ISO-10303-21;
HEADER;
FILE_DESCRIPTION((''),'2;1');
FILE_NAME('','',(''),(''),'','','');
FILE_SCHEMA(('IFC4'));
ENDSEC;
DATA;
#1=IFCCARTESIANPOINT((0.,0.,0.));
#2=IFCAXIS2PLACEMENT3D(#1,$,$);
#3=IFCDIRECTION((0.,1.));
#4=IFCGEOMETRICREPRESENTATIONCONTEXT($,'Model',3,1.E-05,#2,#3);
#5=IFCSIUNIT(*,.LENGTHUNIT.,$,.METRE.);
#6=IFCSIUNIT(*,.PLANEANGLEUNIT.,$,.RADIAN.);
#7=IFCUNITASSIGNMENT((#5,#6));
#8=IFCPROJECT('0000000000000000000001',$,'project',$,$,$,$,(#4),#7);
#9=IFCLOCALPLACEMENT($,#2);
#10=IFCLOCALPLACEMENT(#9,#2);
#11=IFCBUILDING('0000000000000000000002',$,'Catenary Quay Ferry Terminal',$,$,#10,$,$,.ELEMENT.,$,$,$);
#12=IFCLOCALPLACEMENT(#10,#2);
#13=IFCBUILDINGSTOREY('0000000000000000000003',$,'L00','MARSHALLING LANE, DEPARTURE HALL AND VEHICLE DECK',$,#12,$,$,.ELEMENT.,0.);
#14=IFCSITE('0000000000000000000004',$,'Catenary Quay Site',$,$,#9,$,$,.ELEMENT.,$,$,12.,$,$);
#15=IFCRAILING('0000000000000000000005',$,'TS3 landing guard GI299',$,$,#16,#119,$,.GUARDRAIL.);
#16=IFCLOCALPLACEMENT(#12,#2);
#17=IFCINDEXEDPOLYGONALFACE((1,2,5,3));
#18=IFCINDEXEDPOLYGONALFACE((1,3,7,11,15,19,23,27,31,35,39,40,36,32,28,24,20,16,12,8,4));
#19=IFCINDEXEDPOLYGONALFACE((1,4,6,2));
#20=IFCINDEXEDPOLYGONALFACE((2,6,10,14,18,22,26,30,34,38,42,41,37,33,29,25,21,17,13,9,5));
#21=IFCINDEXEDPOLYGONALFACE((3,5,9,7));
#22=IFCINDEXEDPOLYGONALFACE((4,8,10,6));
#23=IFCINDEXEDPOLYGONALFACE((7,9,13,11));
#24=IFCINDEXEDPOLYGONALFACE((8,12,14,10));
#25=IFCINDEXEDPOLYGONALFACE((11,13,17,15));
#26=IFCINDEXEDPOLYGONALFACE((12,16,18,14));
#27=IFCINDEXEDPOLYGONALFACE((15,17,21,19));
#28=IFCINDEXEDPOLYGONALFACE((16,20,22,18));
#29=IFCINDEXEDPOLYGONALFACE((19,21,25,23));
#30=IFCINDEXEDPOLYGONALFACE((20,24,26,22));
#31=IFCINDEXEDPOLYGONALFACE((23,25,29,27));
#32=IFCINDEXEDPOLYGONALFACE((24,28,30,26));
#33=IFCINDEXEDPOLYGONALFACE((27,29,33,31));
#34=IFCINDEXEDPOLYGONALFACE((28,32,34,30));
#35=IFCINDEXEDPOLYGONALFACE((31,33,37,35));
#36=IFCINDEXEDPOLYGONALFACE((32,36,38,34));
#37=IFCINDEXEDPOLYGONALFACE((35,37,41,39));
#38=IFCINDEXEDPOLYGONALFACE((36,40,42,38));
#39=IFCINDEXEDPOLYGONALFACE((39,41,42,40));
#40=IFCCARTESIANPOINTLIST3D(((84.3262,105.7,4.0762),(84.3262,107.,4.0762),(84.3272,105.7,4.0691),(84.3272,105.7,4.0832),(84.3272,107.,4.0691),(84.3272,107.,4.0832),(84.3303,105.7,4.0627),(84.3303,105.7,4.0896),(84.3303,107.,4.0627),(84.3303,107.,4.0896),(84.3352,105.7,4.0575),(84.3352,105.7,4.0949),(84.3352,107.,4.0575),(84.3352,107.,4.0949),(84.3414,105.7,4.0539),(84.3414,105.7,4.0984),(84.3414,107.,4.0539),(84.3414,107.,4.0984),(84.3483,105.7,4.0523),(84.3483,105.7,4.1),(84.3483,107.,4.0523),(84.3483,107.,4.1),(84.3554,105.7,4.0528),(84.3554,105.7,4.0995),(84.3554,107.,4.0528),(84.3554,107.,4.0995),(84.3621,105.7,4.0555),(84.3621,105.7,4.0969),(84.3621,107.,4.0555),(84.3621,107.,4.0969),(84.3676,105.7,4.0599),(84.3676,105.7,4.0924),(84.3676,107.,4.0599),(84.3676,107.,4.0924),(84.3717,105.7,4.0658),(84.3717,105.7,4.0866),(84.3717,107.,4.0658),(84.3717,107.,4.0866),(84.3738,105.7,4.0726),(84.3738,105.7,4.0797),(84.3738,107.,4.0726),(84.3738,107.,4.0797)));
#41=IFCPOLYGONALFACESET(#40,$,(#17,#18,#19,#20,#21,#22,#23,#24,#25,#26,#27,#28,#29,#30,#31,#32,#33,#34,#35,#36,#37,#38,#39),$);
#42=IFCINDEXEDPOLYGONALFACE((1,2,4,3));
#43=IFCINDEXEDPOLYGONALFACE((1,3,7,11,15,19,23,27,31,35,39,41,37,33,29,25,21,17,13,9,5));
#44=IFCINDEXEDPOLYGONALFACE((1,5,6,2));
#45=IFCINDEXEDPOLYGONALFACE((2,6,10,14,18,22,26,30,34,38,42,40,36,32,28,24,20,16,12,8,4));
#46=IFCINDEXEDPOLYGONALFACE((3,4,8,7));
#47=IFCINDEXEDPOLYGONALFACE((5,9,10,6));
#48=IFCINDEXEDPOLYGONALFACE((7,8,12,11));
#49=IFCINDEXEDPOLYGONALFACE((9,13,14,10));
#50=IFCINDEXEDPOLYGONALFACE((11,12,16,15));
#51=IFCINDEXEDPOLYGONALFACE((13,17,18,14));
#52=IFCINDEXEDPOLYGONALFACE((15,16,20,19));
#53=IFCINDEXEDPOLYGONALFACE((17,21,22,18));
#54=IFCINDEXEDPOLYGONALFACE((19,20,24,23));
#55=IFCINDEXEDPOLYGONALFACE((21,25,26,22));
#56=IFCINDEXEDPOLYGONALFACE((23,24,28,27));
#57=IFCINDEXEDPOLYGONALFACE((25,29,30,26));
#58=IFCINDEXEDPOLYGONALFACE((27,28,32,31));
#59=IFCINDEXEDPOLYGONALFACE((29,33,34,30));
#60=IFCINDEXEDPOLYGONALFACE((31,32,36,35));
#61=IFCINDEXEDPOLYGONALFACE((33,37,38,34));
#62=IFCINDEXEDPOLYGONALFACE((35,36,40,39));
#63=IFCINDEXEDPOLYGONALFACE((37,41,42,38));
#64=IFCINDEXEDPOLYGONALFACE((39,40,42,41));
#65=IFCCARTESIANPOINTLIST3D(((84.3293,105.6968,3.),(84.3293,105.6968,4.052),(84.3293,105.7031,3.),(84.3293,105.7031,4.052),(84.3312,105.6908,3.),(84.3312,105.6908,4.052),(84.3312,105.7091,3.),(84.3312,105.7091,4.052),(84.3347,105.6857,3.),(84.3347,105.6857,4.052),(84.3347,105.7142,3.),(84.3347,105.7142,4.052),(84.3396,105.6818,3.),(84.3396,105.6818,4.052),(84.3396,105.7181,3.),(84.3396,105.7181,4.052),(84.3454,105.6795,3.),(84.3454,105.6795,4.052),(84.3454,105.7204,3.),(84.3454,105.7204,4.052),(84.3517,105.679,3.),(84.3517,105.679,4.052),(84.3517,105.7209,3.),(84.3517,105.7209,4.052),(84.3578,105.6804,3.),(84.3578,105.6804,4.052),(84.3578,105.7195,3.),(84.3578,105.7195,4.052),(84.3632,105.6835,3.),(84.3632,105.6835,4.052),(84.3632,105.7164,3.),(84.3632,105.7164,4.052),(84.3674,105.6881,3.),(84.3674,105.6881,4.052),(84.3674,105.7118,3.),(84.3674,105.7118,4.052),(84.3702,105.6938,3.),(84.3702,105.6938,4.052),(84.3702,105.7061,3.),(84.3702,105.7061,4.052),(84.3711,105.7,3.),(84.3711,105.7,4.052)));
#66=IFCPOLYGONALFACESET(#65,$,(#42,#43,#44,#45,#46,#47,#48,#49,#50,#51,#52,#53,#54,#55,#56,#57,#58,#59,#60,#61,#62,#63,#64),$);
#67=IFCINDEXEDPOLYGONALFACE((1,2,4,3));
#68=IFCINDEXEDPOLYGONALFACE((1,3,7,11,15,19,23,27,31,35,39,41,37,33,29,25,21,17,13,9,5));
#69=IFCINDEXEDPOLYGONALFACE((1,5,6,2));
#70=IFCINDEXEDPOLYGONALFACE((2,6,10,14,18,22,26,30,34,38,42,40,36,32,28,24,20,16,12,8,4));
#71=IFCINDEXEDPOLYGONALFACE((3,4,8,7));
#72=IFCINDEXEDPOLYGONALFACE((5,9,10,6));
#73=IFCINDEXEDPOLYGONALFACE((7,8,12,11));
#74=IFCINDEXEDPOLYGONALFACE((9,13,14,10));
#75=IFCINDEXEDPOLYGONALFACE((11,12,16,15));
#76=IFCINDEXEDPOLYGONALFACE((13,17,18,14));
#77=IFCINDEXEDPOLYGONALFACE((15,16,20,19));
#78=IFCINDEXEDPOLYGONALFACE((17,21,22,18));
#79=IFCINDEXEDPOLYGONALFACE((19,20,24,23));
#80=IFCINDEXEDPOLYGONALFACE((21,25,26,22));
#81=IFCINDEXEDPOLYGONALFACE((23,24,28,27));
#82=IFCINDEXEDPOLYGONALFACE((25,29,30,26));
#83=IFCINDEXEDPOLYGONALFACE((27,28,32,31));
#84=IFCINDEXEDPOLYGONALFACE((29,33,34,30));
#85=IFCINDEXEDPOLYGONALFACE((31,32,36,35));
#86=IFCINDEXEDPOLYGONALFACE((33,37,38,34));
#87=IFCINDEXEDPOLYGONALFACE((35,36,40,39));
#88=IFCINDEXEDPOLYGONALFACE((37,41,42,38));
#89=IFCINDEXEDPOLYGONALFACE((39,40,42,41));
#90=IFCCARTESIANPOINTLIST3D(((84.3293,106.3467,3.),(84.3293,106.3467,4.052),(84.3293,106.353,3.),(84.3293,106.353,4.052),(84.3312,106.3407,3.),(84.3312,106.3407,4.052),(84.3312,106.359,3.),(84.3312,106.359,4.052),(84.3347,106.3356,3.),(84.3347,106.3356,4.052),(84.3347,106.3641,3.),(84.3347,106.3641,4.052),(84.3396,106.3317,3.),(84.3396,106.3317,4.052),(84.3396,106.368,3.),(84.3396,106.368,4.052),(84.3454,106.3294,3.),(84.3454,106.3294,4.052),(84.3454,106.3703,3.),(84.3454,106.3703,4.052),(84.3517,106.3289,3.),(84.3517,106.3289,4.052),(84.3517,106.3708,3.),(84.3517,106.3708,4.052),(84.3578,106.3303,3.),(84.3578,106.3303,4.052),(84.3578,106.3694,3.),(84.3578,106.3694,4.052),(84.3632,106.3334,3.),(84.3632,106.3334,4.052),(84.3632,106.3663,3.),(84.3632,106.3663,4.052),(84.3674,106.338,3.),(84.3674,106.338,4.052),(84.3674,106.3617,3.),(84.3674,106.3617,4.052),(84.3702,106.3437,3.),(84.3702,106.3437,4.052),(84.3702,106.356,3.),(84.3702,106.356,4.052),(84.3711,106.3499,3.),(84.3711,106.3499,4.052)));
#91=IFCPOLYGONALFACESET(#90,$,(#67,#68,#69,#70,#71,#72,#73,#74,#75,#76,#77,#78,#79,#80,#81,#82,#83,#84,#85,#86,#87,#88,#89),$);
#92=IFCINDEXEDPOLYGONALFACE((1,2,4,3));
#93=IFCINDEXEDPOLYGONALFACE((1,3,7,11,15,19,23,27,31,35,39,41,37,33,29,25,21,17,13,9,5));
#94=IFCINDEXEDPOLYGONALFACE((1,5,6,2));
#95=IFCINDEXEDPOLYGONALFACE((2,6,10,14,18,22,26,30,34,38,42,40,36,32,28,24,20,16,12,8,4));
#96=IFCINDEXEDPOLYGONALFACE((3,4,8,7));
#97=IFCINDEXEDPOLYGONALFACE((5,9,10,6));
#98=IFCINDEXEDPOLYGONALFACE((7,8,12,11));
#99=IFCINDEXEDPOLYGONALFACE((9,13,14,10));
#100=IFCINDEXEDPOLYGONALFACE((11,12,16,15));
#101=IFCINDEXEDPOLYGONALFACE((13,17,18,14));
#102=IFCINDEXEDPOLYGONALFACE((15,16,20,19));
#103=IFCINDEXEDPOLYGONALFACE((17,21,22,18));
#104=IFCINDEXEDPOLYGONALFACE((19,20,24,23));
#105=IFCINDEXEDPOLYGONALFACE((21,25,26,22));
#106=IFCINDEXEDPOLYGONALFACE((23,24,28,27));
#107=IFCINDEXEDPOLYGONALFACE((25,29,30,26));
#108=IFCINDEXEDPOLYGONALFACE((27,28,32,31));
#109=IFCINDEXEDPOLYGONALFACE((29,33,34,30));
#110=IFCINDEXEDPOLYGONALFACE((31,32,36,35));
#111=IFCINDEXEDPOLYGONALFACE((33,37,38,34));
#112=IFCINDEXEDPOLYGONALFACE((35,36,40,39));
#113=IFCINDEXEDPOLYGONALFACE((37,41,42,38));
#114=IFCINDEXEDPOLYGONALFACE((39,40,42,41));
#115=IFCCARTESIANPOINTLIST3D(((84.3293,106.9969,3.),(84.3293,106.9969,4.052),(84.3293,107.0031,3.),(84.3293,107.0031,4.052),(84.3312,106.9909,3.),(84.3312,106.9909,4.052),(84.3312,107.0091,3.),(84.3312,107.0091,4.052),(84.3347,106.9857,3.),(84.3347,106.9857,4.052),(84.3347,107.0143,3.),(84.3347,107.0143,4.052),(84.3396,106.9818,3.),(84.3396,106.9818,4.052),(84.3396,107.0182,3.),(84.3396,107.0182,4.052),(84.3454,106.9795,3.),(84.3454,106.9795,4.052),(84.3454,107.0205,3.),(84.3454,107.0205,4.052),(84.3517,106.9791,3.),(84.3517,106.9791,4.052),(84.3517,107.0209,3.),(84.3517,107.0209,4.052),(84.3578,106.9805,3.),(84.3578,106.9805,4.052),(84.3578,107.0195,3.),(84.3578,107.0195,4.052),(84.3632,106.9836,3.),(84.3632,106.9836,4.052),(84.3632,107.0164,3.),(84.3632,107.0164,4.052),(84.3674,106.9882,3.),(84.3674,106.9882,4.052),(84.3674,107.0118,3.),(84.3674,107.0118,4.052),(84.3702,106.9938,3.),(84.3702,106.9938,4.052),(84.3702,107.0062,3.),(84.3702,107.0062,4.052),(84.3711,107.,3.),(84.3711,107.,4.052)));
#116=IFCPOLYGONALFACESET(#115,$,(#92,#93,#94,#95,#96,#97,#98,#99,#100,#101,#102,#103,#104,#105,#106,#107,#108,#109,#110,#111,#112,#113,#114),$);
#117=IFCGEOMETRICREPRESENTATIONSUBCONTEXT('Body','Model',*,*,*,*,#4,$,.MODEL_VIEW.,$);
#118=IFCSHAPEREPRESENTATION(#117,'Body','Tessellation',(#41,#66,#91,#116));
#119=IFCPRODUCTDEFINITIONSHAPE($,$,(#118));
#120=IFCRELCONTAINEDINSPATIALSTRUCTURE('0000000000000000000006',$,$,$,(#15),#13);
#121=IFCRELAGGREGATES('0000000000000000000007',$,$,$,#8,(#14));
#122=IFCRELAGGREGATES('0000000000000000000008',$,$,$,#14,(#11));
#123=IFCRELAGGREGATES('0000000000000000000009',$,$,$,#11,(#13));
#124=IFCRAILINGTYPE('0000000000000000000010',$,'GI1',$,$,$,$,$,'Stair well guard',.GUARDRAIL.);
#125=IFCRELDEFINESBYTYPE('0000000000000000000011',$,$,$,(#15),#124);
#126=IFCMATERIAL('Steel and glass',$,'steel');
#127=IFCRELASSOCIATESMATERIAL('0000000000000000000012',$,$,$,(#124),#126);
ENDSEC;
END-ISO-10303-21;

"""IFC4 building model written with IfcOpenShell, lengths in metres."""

from ifc_helpers import new_model, si_unit, direction, frame, origin, origin_2d, place, context, subcontext, project, spatial, circle, extrude, material, type_object, element, save


model = new_model("IFC4")

# Units and contexts
model_context = context("Model", 3, precision=1e-05, world=origin(), true_north=direction((0.0, 1.0)))
body_context = subcontext(model_context, "Body", "Model", "MODEL_VIEW")
ifc_project = project(units=[si_unit("LENGTHUNIT", "METRE"), si_unit("PLANEANGLEUNIT", "RADIAN")], contexts=[model_context])

# Site, building, storey
site_placement = place(None, origin())
site = spatial("IfcSite", under=ifc_project, at=site_placement, Name="Catenary Quay Site", CompositionType="ELEMENT", RefElevation=12.0)
building_placement = place(site_placement, origin())
building = spatial("IfcBuilding", under=site, at=building_placement, Name="Catenary Quay Ferry Terminal", CompositionType="ELEMENT")
storey_placement = place(building_placement, origin())
storey = spatial("IfcBuildingStorey", under=building, at=storey_placement, Name="L00", Description="MARSHALLING LANE, DEPARTURE HALL AND VEHICLE DECK", CompositionType="ELEMENT", Elevation=0.0)

# Railing
ifc_material_1 = material(Name="Steel and glass", Category="steel")
railing_type_1 = type_object("IfcRailingType", Name="GI1", ElementType="Stair well guard", PredefinedType="GUARDRAIL", material=ifc_material_1)
railing_1_placement = place(storey_placement, frame((84.3501, 105.7, 3.0)))
element("IfcRailing", 1, at=railing_1_placement, inside=storey, type_object=railing_type_1, Name="TS3 landing guard GI299", PredefinedType="GUARDRAIL", context=body_context, shape_type="SweptSolid", body=[
    extrude(circle(Radius=0.0239, at=origin_2d()), frame((0.0, 0.0, 1.0762), z_axis=(0.0, 1.0, 0.0), x_axis=(-1.0, 0.0, 0.0)), (0.0, 0.0, 1.0), 1.3),
    extrude(circle(Radius=0.021, at=origin_2d()), origin(), (0.0, 0.0, 1.0), 1.052),
    extrude(circle(Radius=0.021, at=origin_2d()), frame((0.0, 0.6499, 0.0)), (0.0, 0.0, 1.0), 1.052),
    extrude(circle(Radius=0.021, at=origin_2d()), frame((0.0, 1.3, 0.0)), (0.0, 0.0, 1.0), 1.052),
])

save(model, "model.ifc")
